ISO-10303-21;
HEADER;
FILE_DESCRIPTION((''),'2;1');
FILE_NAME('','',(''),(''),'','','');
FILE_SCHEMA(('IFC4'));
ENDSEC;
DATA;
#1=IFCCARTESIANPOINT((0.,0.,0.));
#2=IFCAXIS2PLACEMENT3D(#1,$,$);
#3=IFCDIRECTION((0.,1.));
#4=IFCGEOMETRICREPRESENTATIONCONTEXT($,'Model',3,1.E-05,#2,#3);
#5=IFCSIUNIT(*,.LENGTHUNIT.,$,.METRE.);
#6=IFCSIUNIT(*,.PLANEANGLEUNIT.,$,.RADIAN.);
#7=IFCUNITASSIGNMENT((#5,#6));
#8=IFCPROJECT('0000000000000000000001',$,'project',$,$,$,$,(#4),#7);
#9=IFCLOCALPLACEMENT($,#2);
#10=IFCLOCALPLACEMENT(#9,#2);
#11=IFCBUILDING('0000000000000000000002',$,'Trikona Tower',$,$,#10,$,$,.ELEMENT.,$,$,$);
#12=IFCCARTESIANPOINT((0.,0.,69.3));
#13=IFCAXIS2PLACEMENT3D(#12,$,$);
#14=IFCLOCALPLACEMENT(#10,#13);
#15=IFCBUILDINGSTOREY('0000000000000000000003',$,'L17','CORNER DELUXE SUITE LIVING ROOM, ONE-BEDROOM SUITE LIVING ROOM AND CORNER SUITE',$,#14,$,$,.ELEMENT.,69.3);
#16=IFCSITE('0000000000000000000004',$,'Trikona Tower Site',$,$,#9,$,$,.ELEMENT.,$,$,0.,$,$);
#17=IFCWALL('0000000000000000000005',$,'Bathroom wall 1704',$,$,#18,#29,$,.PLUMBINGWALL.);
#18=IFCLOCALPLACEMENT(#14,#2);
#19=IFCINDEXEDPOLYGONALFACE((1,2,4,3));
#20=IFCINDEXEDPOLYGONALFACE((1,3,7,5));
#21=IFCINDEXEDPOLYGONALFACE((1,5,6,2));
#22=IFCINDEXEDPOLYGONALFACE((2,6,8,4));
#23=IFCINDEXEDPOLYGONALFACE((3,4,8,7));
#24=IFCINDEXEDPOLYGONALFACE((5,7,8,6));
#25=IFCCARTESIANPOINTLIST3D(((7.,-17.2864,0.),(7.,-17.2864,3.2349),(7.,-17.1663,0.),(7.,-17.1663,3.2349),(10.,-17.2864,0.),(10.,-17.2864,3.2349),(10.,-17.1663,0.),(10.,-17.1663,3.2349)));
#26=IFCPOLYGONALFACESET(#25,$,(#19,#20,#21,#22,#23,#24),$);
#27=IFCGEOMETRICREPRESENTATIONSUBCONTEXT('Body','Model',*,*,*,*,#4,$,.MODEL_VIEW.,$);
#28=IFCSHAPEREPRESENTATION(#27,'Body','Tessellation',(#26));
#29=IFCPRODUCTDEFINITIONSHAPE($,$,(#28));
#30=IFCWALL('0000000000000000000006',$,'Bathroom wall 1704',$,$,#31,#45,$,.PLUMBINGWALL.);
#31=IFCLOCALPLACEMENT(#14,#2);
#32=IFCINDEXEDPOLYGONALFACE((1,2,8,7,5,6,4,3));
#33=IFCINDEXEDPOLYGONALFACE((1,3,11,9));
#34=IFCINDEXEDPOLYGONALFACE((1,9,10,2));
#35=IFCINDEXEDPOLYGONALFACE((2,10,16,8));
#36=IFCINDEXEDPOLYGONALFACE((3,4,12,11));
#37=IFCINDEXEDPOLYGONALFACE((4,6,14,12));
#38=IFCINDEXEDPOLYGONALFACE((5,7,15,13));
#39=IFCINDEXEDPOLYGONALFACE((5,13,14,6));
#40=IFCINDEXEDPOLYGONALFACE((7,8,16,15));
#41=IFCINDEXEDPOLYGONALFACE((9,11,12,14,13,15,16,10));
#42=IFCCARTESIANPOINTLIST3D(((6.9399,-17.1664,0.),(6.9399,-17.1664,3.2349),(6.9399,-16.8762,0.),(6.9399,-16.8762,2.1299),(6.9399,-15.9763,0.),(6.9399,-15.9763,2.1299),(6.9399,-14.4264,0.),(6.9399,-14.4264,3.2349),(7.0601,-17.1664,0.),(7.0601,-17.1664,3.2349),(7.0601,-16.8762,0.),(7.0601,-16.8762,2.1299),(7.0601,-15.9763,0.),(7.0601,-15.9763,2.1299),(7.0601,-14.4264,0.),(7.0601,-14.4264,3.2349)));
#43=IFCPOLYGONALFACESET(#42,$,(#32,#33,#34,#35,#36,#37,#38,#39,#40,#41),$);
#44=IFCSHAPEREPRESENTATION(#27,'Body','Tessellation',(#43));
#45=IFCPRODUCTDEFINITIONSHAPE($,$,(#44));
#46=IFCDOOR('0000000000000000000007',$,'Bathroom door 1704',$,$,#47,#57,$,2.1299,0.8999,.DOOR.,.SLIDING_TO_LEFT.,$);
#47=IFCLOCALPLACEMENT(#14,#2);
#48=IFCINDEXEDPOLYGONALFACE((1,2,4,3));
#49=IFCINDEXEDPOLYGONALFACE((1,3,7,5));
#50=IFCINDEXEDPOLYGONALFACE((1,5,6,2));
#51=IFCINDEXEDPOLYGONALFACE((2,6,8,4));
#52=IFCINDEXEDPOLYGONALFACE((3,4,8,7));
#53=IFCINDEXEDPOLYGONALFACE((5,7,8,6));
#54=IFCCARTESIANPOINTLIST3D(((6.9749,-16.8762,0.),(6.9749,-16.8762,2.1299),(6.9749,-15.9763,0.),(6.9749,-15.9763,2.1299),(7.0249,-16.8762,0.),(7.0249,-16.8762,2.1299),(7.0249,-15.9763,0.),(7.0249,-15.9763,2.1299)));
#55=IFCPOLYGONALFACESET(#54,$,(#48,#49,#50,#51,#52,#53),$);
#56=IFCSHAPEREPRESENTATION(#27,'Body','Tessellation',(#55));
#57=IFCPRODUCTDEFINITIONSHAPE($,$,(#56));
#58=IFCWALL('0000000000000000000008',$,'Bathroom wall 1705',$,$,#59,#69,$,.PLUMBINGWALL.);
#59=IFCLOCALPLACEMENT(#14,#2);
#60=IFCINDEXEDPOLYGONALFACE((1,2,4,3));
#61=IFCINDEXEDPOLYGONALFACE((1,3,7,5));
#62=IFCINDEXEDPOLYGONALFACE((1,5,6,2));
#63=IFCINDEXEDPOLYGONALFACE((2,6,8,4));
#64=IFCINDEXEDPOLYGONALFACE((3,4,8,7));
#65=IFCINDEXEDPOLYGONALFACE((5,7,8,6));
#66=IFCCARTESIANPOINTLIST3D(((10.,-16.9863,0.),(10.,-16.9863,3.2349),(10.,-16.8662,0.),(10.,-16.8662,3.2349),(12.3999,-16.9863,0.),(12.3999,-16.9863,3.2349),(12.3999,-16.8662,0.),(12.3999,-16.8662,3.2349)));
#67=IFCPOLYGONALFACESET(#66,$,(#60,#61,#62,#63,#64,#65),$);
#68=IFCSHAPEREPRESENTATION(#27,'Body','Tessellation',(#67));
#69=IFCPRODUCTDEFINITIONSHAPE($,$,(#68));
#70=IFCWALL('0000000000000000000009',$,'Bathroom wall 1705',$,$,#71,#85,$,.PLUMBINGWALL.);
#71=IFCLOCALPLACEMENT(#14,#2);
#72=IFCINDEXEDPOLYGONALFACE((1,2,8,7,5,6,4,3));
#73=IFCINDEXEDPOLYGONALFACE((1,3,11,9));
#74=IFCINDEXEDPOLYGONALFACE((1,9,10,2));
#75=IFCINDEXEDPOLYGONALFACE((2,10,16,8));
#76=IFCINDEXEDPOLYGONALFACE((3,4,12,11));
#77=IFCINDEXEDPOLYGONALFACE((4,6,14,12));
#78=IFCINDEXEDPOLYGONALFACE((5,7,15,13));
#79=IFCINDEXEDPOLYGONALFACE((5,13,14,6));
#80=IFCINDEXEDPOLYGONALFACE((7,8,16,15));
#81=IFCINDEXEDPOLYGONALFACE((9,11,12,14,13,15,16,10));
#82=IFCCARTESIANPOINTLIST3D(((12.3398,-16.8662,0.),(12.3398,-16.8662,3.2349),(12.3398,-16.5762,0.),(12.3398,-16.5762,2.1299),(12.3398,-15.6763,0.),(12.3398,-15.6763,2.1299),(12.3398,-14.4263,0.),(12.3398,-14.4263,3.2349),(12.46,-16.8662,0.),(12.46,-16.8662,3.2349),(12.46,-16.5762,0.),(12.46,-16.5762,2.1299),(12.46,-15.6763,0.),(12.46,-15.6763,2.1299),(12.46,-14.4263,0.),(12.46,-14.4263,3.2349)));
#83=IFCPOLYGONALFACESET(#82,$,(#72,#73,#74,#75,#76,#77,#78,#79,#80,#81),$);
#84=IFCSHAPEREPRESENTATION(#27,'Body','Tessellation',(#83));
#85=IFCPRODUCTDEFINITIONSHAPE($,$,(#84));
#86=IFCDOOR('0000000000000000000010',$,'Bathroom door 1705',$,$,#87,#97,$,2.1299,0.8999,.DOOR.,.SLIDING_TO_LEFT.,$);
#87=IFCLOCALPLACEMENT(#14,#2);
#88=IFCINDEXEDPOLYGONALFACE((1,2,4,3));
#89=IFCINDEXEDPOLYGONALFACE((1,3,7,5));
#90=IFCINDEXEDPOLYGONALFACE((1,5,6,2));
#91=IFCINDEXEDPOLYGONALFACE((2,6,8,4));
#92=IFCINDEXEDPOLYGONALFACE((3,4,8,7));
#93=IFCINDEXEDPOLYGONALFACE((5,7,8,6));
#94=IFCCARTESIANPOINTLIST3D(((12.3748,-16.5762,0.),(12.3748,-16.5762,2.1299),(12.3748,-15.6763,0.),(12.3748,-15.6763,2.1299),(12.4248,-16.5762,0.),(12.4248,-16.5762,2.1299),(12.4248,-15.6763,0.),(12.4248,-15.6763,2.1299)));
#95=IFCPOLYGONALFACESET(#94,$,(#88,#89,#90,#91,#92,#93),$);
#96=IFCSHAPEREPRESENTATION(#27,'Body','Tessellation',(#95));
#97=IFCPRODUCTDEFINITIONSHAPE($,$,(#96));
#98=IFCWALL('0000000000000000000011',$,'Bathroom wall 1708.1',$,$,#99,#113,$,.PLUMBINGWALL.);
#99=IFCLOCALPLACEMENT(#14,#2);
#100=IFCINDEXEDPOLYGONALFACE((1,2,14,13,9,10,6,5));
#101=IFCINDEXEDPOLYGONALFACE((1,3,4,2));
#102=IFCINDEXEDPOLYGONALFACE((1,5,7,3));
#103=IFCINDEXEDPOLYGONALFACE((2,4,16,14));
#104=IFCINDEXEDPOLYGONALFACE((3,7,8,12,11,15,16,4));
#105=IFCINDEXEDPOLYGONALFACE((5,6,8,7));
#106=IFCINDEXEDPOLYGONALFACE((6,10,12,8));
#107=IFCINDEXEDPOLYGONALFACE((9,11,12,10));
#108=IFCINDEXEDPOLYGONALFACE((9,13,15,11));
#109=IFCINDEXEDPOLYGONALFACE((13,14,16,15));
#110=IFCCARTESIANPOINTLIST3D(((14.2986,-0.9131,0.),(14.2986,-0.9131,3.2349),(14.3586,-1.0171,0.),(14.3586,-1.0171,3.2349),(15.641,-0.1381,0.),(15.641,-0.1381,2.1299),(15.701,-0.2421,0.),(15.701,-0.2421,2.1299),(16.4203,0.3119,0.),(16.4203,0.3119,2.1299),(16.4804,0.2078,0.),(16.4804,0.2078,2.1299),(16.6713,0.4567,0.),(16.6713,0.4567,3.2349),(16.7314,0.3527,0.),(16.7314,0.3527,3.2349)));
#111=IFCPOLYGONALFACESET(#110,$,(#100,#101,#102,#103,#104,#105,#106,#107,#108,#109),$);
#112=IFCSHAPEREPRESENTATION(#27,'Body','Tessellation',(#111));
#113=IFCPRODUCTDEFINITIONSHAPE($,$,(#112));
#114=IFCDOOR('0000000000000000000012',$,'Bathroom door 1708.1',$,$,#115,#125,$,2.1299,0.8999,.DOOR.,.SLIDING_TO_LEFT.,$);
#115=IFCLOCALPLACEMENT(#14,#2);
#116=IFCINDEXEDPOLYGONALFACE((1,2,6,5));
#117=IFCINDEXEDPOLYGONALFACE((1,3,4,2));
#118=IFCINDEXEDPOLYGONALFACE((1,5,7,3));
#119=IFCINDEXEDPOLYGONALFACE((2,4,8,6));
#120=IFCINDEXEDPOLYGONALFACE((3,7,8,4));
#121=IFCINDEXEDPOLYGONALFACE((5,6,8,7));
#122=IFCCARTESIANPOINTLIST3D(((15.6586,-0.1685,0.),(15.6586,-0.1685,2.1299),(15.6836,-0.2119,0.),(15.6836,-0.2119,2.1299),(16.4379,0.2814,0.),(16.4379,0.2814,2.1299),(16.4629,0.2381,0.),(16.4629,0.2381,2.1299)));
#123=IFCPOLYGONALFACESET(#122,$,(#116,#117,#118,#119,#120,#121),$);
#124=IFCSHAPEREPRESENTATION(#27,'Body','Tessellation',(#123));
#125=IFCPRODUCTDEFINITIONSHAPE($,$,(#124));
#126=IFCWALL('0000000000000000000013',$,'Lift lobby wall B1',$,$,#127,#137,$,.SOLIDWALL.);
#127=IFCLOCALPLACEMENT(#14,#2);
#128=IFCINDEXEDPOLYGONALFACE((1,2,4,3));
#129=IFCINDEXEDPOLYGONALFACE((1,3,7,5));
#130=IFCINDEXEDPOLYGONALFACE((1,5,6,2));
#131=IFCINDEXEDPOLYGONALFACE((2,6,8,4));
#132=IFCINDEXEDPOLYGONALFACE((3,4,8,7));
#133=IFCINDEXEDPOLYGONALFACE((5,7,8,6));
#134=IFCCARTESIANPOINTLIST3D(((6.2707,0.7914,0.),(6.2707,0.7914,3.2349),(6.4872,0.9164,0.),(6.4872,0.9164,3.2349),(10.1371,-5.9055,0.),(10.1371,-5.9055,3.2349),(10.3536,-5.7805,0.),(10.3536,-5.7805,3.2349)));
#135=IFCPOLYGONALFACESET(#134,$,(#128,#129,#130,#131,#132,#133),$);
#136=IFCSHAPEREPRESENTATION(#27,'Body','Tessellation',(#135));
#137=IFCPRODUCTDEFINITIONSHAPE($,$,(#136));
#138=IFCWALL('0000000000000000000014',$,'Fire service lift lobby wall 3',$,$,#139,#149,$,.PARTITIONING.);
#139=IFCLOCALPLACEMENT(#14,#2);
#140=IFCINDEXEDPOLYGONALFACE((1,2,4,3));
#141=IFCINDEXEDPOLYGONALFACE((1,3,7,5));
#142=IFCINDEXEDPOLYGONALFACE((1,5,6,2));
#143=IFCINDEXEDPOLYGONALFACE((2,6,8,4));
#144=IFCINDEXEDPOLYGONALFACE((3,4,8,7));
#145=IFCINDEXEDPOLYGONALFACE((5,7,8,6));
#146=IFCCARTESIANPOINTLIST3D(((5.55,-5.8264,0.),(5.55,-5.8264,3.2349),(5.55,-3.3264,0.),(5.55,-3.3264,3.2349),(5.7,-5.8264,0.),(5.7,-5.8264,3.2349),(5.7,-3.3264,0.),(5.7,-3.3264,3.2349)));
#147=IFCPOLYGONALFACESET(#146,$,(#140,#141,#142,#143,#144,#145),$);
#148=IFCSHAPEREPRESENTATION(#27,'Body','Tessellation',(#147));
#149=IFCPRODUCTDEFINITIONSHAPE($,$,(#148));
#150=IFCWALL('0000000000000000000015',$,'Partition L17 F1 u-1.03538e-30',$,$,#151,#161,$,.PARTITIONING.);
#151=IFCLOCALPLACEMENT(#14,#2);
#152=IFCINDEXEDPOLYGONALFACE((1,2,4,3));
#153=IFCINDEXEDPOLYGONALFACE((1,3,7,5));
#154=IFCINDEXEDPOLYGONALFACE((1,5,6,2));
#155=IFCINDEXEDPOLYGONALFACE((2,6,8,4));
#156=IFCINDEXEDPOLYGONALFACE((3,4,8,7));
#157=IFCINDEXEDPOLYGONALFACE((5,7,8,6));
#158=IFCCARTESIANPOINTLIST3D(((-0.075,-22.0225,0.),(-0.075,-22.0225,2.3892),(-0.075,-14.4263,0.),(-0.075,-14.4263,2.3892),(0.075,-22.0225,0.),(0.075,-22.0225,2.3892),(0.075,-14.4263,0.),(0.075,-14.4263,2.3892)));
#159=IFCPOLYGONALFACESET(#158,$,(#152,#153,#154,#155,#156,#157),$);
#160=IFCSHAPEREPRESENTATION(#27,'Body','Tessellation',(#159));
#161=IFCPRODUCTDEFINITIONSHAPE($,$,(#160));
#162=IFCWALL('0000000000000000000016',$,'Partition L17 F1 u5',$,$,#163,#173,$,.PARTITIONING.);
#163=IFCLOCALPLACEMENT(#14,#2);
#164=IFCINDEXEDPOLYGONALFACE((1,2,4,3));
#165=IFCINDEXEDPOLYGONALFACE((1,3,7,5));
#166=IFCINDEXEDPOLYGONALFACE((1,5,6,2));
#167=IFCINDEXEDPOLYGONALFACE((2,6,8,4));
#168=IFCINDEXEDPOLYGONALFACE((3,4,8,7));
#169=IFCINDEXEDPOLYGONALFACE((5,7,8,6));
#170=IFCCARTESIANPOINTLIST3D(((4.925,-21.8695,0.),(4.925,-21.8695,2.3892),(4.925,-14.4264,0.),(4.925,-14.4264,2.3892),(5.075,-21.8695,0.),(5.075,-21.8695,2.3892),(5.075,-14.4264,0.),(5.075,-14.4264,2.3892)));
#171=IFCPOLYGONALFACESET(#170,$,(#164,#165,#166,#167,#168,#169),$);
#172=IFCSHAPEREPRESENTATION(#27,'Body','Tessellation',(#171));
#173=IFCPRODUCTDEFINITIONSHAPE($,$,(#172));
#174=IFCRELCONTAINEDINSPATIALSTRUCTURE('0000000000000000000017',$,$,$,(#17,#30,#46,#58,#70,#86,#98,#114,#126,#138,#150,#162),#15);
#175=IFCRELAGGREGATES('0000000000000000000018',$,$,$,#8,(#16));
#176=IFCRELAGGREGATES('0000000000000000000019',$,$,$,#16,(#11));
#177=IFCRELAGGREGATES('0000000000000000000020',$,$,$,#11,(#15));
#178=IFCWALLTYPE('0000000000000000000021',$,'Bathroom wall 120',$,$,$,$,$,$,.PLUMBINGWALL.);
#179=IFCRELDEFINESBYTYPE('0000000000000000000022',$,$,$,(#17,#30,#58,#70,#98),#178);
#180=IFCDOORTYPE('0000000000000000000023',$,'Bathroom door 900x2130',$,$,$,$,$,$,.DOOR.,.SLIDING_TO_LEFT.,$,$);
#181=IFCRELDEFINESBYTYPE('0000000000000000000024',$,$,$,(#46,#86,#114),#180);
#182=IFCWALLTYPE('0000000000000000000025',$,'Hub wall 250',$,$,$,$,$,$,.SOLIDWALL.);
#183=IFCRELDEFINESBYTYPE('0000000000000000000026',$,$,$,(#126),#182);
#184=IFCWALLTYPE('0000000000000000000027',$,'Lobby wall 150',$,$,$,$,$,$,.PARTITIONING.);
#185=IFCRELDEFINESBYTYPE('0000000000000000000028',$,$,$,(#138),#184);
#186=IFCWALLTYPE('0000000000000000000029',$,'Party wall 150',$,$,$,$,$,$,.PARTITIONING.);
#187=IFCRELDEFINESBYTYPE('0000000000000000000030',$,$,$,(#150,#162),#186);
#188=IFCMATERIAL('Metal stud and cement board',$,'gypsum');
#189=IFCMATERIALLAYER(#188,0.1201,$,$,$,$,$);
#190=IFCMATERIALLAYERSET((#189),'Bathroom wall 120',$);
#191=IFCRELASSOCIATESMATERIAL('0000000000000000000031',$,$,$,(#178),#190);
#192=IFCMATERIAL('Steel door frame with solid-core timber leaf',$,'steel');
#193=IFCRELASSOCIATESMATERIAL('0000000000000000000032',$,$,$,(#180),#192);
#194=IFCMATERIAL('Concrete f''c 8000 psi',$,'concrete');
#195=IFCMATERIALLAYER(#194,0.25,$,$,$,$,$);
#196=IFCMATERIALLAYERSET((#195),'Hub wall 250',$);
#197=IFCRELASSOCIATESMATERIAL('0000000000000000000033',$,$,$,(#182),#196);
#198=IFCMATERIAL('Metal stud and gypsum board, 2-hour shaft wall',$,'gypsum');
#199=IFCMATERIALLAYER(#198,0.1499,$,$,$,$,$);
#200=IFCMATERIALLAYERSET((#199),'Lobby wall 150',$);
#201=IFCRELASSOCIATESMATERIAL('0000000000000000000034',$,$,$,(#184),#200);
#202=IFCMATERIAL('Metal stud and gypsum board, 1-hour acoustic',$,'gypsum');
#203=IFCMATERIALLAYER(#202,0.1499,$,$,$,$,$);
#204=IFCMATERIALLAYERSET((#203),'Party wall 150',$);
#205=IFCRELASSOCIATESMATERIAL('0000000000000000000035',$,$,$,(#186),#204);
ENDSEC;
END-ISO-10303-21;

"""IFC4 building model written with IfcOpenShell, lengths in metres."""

from ifc_helpers import new_model, si_unit, direction, frame, frame_2d, origin, place, context, subcontext, project, spatial, rectangle, extrude, material, layer, layer_set, type_object, element, fill, save


model = new_model("IFC4")

# Units and contexts
model_context = context("Model", 3, precision=1e-05, world=origin(), true_north=direction((0.0, 1.0)))
body_context = subcontext(model_context, "Body", "Model", "MODEL_VIEW")
ifc_project = project(units=[si_unit("LENGTHUNIT", "METRE"), si_unit("PLANEANGLEUNIT", "RADIAN")], contexts=[model_context])

# Site, building, storey
site_placement = place(None, origin())
site = spatial("IfcSite", under=ifc_project, at=site_placement, Name="Trikona Tower Site", CompositionType="ELEMENT", RefElevation=0.0)
building_placement = place(site_placement, origin())
building = spatial("IfcBuilding", under=site, at=building_placement, Name="Trikona Tower", CompositionType="ELEMENT")
storey_placement = place(building_placement, frame((0.0, 0.0, 69.3)))
storey = spatial("IfcBuildingStorey", under=building, at=storey_placement, Name="L17", Description="CORNER DELUXE SUITE LIVING ROOM, ONE-BEDROOM SUITE LIVING ROOM AND CORNER SUITE", CompositionType="ELEMENT", Elevation=69.3)

# Wall
ifc_material_1 = material(Name="Metal stud and cement board", Category="gypsum")
ifc_layer_1 = layer(ifc_material_1, 0.1201)
ifc_layer_set_1 = layer_set([ifc_layer_1], Name="Bathroom wall 120")
wall_type_1 = type_object("IfcWallType", Name="Bathroom wall 120", PredefinedType="PLUMBINGWALL", material=ifc_layer_set_1)
wall_1_placement = place(storey_placement, frame((7.0, -17.2263, 0.0), z_axis=(0.0, 0.0, 1.0), x_axis=(1.0, 0.0, 0.0)))
element("IfcWall", 1, at=wall_1_placement, inside=storey, type_object=wall_type_1, Name="Bathroom wall 1704", PredefinedType="PLUMBINGWALL", context=body_context, shape_type="SweptSolid", body=[
    extrude(rectangle(XDim=3.0, YDim=0.1201, at=frame_2d((1.5, 0.0))), origin(), (0.0, 0.0, 1.0), 3.2349),
])

# Wall, opening, door
wall_2_placement = place(storey_placement, frame((7.0, -14.4263, 0.0), z_axis=(0.0, 0.0, 1.0), x_axis=(0.0, -1.0, 0.0)))
wall_2 = element("IfcWall", 2, at=wall_2_placement, inside=storey, type_object=wall_type_1, Name="Bathroom wall 1704", PredefinedType="PLUMBINGWALL", context=body_context, shape_type="SweptSolid", body=[
    extrude(rectangle(XDim=2.74, YDim=0.1201, at=frame_2d((1.3701, 0.0))), origin(), (0.0, 0.0, 1.0), 3.2349),
])
opening_1_placement = place(wall_2_placement, frame((1.55, 0.0, 0.0)))
opening_1 = element("IfcOpeningElement", 3, at=opening_1_placement, cuts=wall_2, PredefinedType="OPENING", context=body_context, shape_type="SweptSolid", body=[
    extrude(rectangle(XDim=0.8999, YDim=2.1299, at=frame_2d((0.45, 1.0649))), frame((0.0, 0.0701, 0.0), z_axis=(0.0, -1.0, 0.0), x_axis=(1.0, 0.0, 0.0)), (0.0, 0.0, 1.0), 0.1401),
])
ifc_material_2 = material(Name="Steel door frame with solid-core timber leaf", Category="steel")
door_type_1 = type_object("IfcDoorType", Name="Bathroom door 900x2130", OperationType="SLIDING_TO_LEFT", PredefinedType="DOOR", material=ifc_material_2)
door_1_placement = place(opening_1_placement, origin())
door_1 = element("IfcDoor", 4, at=door_1_placement, inside=storey, type_object=door_type_1, Name="Bathroom door 1704", OperationType="SLIDING_TO_LEFT", OverallHeight=2.1299, OverallWidth=0.8999, PredefinedType="DOOR", context=body_context, shape_type="SweptSolid", body=[
    extrude(rectangle(XDim=0.8999, YDim=2.1299, at=frame_2d((0.45, 1.0649))), frame((0.0, 0.0249, 0.0), z_axis=(0.0, -1.0, 0.0), x_axis=(1.0, 0.0, 0.0)), (0.0, 0.0, 1.0), 0.05),
])
fill(opening_1, door_1)

# Wall
wall_3_placement = place(storey_placement, frame((10.0, -16.9263, 0.0), z_axis=(0.0, 0.0, 1.0), x_axis=(1.0, 0.0, 0.0)))
element("IfcWall", 5, at=wall_3_placement, inside=storey, type_object=wall_type_1, Name="Bathroom wall 1705", PredefinedType="PLUMBINGWALL", context=body_context, shape_type="SweptSolid", body=[
    extrude(rectangle(XDim=2.3999, YDim=0.1201, at=frame_2d((1.2, 0.0))), origin(), (0.0, 0.0, 1.0), 3.2349),
])

# Walls, openings, doors
wall_4_placement = place(storey_placement, frame((12.3999, -14.4263, 0.0), z_axis=(0.0, 0.0, 1.0), x_axis=(0.0, -1.0, 0.0)))
wall_4 = element("IfcWall", 6, at=wall_4_placement, inside=storey, type_object=wall_type_1, Name="Bathroom wall 1705", PredefinedType="PLUMBINGWALL", context=body_context, shape_type="SweptSolid", body=[
    extrude(rectangle(XDim=2.4399, YDim=0.1201, at=frame_2d((1.22, 0.0))), origin(), (0.0, 0.0, 1.0), 3.2349),
])
opening_2_placement = place(wall_4_placement, frame((1.25, 0.0, 0.0)))
opening_2 = element("IfcOpeningElement", 7, at=opening_2_placement, cuts=wall_4, PredefinedType="OPENING", context=body_context, shape_type="SweptSolid", body=[
    extrude(rectangle(XDim=0.8999, YDim=2.1299, at=frame_2d((0.45, 1.0649))), frame((0.0, 0.0701, 0.0), z_axis=(0.0, -1.0, 0.0), x_axis=(1.0, 0.0, 0.0)), (0.0, 0.0, 1.0), 0.1401),
])
door_2_placement = place(opening_2_placement, origin())
door_2 = element("IfcDoor", 8, at=door_2_placement, inside=storey, type_object=door_type_1, Name="Bathroom door 1705", OperationType="SLIDING_TO_LEFT", OverallHeight=2.1299, OverallWidth=0.8999, PredefinedType="DOOR", context=body_context, shape_type="SweptSolid", body=[
    extrude(rectangle(XDim=0.8999, YDim=2.1299, at=frame_2d((0.45, 1.0649))), frame((0.0, 0.0249, 0.0), z_axis=(0.0, -1.0, 0.0), x_axis=(1.0, 0.0, 0.0)), (0.0, 0.0, 1.0), 0.05),
])
fill(opening_2, door_2)
wall_5_placement = place(storey_placement, frame((14.3286, -0.9651, 0.0), z_axis=(0.0, 0.0, 1.0), x_axis=(0.866036, 0.499982, 0.0)))
wall_5 = element("IfcWall", 9, at=wall_5_placement, inside=storey, type_object=wall_type_1, Name="Bathroom wall 1708.1", PredefinedType="PLUMBINGWALL", context=body_context, shape_type="SweptSolid", body=[
    extrude(rectangle(XDim=2.7397, YDim=0.1201, at=frame_2d((1.3699, 0.0))), origin(), (0.0, 0.0, 1.0), 3.2349),
])
opening_3_placement = place(wall_5_placement, frame((1.55, 0.0, 0.0)))
opening_3 = element("IfcOpeningElement", 10, at=opening_3_placement, cuts=wall_5, PredefinedType="OPENING", context=body_context, shape_type="SweptSolid", body=[
    extrude(rectangle(XDim=0.8999, YDim=2.1299, at=frame_2d((0.45, 1.0649))), frame((0.0, 0.0701, 0.0), z_axis=(0.0, -1.0, 0.0), x_axis=(1.0, 0.0, 0.0)), (0.0, 0.0, 1.0), 0.1401),
])
door_3_placement = place(opening_3_placement, origin())
door_3 = element("IfcDoor", 11, at=door_3_placement, inside=storey, type_object=door_type_1, Name="Bathroom door 1708.1", OperationType="SLIDING_TO_LEFT", OverallHeight=2.1299, OverallWidth=0.8999, PredefinedType="DOOR", context=body_context, shape_type="SweptSolid", body=[
    extrude(rectangle(XDim=0.8999, YDim=2.1299, at=frame_2d((0.45, 1.0649))), frame((0.0, 0.0249, 0.0), z_axis=(0.0, -1.0, 0.0), x_axis=(1.0, 0.0, 0.0)), (0.0, 0.0, 1.0), 0.05),
])
fill(opening_3, door_3)

# Walls
ifc_material_3 = material(Name="Concrete f'c 8000 psi", Category="concrete")
ifc_layer_2 = layer(ifc_material_3, 0.25)
ifc_layer_set_2 = layer_set([ifc_layer_2], Name="Hub wall 250")
wall_type_2 = type_object("IfcWallType", Name="Hub wall 250", PredefinedType="SOLIDWALL", material=ifc_layer_set_2)
wall_6_placement = place(storey_placement, frame((10.2454, -5.843, 0.0), z_axis=(0.0, 0.0, 1.0), x_axis=(-0.499993, 0.866029, 0.0)))
element("IfcWall", 12, at=wall_6_placement, inside=storey, type_object=wall_type_2, Name="Lift lobby wall B1", PredefinedType="SOLIDWALL", context=body_context, shape_type="SweptSolid", body=[
    extrude(rectangle(XDim=7.7329, YDim=0.25, at=frame_2d((3.8665, 0.0))), origin(), (0.0, 0.0, 1.0), 3.2349),
])
ifc_material_4 = material(Name="Metal stud and gypsum board, 2-hour shaft wall", Category="gypsum")
ifc_layer_3 = layer(ifc_material_4, 0.1499)
ifc_layer_set_3 = layer_set([ifc_layer_3], Name="Lobby wall 150")
wall_type_3 = type_object("IfcWallType", Name="Lobby wall 150", PredefinedType="PARTITIONING", material=ifc_layer_set_3)
wall_7_placement = place(storey_placement, frame((5.625, -5.8264, 0.0), z_axis=(0.0, 0.0, 1.0), x_axis=(0.0, 1.0, 0.0)))
element("IfcWall", 13, at=wall_7_placement, inside=storey, type_object=wall_type_3, Name="Fire service lift lobby wall 3", PredefinedType="PARTITIONING", context=body_context, shape_type="SweptSolid", body=[
    extrude(rectangle(XDim=2.5, YDim=0.1499, at=frame_2d((1.25, 0.0))), origin(), (0.0, 0.0, 1.0), 3.2349),
])
ifc_material_5 = material(Name="Metal stud and gypsum board, 1-hour acoustic", Category="gypsum")
ifc_layer_4 = layer(ifc_material_5, 0.1499)
ifc_layer_set_4 = layer_set([ifc_layer_4], Name="Party wall 150")
wall_type_4 = type_object("IfcWallType", Name="Party wall 150", PredefinedType="PARTITIONING", material=ifc_layer_set_4)
wall_8_placement = place(storey_placement, frame((0.0, -14.4263, 0.0), z_axis=(0.0, 0.0, 1.0), x_axis=(0.0, -1.0, 0.0)))
element("IfcWall", 14, at=wall_8_placement, inside=storey, type_object=wall_type_4, Name="Partition L17 F1 u-1.03538e-30", PredefinedType="PARTITIONING", context=body_context, shape_type="SweptSolid", body=[
    extrude(rectangle(XDim=7.5962, YDim=0.1499, at=frame_2d((3.7981, 0.0))), origin(), (0.0, 0.0, 1.0), 2.3892),
])
wall_9_placement = place(storey_placement, frame((5.0, -14.4263, 0.0), z_axis=(0.0, 0.0, 1.0), x_axis=(0.0, -1.0, 0.0)))
element("IfcWall", 15, at=wall_9_placement, inside=storey, type_object=wall_type_4, Name="Partition L17 F1 u5", PredefinedType="PARTITIONING", context=body_context, shape_type="SweptSolid", body=[
    extrude(rectangle(XDim=7.4431, YDim=0.1499, at=frame_2d((3.7217, 0.0))), origin(), (0.0, 0.0, 1.0), 2.3892),
])

save(model, "model.ifc")
